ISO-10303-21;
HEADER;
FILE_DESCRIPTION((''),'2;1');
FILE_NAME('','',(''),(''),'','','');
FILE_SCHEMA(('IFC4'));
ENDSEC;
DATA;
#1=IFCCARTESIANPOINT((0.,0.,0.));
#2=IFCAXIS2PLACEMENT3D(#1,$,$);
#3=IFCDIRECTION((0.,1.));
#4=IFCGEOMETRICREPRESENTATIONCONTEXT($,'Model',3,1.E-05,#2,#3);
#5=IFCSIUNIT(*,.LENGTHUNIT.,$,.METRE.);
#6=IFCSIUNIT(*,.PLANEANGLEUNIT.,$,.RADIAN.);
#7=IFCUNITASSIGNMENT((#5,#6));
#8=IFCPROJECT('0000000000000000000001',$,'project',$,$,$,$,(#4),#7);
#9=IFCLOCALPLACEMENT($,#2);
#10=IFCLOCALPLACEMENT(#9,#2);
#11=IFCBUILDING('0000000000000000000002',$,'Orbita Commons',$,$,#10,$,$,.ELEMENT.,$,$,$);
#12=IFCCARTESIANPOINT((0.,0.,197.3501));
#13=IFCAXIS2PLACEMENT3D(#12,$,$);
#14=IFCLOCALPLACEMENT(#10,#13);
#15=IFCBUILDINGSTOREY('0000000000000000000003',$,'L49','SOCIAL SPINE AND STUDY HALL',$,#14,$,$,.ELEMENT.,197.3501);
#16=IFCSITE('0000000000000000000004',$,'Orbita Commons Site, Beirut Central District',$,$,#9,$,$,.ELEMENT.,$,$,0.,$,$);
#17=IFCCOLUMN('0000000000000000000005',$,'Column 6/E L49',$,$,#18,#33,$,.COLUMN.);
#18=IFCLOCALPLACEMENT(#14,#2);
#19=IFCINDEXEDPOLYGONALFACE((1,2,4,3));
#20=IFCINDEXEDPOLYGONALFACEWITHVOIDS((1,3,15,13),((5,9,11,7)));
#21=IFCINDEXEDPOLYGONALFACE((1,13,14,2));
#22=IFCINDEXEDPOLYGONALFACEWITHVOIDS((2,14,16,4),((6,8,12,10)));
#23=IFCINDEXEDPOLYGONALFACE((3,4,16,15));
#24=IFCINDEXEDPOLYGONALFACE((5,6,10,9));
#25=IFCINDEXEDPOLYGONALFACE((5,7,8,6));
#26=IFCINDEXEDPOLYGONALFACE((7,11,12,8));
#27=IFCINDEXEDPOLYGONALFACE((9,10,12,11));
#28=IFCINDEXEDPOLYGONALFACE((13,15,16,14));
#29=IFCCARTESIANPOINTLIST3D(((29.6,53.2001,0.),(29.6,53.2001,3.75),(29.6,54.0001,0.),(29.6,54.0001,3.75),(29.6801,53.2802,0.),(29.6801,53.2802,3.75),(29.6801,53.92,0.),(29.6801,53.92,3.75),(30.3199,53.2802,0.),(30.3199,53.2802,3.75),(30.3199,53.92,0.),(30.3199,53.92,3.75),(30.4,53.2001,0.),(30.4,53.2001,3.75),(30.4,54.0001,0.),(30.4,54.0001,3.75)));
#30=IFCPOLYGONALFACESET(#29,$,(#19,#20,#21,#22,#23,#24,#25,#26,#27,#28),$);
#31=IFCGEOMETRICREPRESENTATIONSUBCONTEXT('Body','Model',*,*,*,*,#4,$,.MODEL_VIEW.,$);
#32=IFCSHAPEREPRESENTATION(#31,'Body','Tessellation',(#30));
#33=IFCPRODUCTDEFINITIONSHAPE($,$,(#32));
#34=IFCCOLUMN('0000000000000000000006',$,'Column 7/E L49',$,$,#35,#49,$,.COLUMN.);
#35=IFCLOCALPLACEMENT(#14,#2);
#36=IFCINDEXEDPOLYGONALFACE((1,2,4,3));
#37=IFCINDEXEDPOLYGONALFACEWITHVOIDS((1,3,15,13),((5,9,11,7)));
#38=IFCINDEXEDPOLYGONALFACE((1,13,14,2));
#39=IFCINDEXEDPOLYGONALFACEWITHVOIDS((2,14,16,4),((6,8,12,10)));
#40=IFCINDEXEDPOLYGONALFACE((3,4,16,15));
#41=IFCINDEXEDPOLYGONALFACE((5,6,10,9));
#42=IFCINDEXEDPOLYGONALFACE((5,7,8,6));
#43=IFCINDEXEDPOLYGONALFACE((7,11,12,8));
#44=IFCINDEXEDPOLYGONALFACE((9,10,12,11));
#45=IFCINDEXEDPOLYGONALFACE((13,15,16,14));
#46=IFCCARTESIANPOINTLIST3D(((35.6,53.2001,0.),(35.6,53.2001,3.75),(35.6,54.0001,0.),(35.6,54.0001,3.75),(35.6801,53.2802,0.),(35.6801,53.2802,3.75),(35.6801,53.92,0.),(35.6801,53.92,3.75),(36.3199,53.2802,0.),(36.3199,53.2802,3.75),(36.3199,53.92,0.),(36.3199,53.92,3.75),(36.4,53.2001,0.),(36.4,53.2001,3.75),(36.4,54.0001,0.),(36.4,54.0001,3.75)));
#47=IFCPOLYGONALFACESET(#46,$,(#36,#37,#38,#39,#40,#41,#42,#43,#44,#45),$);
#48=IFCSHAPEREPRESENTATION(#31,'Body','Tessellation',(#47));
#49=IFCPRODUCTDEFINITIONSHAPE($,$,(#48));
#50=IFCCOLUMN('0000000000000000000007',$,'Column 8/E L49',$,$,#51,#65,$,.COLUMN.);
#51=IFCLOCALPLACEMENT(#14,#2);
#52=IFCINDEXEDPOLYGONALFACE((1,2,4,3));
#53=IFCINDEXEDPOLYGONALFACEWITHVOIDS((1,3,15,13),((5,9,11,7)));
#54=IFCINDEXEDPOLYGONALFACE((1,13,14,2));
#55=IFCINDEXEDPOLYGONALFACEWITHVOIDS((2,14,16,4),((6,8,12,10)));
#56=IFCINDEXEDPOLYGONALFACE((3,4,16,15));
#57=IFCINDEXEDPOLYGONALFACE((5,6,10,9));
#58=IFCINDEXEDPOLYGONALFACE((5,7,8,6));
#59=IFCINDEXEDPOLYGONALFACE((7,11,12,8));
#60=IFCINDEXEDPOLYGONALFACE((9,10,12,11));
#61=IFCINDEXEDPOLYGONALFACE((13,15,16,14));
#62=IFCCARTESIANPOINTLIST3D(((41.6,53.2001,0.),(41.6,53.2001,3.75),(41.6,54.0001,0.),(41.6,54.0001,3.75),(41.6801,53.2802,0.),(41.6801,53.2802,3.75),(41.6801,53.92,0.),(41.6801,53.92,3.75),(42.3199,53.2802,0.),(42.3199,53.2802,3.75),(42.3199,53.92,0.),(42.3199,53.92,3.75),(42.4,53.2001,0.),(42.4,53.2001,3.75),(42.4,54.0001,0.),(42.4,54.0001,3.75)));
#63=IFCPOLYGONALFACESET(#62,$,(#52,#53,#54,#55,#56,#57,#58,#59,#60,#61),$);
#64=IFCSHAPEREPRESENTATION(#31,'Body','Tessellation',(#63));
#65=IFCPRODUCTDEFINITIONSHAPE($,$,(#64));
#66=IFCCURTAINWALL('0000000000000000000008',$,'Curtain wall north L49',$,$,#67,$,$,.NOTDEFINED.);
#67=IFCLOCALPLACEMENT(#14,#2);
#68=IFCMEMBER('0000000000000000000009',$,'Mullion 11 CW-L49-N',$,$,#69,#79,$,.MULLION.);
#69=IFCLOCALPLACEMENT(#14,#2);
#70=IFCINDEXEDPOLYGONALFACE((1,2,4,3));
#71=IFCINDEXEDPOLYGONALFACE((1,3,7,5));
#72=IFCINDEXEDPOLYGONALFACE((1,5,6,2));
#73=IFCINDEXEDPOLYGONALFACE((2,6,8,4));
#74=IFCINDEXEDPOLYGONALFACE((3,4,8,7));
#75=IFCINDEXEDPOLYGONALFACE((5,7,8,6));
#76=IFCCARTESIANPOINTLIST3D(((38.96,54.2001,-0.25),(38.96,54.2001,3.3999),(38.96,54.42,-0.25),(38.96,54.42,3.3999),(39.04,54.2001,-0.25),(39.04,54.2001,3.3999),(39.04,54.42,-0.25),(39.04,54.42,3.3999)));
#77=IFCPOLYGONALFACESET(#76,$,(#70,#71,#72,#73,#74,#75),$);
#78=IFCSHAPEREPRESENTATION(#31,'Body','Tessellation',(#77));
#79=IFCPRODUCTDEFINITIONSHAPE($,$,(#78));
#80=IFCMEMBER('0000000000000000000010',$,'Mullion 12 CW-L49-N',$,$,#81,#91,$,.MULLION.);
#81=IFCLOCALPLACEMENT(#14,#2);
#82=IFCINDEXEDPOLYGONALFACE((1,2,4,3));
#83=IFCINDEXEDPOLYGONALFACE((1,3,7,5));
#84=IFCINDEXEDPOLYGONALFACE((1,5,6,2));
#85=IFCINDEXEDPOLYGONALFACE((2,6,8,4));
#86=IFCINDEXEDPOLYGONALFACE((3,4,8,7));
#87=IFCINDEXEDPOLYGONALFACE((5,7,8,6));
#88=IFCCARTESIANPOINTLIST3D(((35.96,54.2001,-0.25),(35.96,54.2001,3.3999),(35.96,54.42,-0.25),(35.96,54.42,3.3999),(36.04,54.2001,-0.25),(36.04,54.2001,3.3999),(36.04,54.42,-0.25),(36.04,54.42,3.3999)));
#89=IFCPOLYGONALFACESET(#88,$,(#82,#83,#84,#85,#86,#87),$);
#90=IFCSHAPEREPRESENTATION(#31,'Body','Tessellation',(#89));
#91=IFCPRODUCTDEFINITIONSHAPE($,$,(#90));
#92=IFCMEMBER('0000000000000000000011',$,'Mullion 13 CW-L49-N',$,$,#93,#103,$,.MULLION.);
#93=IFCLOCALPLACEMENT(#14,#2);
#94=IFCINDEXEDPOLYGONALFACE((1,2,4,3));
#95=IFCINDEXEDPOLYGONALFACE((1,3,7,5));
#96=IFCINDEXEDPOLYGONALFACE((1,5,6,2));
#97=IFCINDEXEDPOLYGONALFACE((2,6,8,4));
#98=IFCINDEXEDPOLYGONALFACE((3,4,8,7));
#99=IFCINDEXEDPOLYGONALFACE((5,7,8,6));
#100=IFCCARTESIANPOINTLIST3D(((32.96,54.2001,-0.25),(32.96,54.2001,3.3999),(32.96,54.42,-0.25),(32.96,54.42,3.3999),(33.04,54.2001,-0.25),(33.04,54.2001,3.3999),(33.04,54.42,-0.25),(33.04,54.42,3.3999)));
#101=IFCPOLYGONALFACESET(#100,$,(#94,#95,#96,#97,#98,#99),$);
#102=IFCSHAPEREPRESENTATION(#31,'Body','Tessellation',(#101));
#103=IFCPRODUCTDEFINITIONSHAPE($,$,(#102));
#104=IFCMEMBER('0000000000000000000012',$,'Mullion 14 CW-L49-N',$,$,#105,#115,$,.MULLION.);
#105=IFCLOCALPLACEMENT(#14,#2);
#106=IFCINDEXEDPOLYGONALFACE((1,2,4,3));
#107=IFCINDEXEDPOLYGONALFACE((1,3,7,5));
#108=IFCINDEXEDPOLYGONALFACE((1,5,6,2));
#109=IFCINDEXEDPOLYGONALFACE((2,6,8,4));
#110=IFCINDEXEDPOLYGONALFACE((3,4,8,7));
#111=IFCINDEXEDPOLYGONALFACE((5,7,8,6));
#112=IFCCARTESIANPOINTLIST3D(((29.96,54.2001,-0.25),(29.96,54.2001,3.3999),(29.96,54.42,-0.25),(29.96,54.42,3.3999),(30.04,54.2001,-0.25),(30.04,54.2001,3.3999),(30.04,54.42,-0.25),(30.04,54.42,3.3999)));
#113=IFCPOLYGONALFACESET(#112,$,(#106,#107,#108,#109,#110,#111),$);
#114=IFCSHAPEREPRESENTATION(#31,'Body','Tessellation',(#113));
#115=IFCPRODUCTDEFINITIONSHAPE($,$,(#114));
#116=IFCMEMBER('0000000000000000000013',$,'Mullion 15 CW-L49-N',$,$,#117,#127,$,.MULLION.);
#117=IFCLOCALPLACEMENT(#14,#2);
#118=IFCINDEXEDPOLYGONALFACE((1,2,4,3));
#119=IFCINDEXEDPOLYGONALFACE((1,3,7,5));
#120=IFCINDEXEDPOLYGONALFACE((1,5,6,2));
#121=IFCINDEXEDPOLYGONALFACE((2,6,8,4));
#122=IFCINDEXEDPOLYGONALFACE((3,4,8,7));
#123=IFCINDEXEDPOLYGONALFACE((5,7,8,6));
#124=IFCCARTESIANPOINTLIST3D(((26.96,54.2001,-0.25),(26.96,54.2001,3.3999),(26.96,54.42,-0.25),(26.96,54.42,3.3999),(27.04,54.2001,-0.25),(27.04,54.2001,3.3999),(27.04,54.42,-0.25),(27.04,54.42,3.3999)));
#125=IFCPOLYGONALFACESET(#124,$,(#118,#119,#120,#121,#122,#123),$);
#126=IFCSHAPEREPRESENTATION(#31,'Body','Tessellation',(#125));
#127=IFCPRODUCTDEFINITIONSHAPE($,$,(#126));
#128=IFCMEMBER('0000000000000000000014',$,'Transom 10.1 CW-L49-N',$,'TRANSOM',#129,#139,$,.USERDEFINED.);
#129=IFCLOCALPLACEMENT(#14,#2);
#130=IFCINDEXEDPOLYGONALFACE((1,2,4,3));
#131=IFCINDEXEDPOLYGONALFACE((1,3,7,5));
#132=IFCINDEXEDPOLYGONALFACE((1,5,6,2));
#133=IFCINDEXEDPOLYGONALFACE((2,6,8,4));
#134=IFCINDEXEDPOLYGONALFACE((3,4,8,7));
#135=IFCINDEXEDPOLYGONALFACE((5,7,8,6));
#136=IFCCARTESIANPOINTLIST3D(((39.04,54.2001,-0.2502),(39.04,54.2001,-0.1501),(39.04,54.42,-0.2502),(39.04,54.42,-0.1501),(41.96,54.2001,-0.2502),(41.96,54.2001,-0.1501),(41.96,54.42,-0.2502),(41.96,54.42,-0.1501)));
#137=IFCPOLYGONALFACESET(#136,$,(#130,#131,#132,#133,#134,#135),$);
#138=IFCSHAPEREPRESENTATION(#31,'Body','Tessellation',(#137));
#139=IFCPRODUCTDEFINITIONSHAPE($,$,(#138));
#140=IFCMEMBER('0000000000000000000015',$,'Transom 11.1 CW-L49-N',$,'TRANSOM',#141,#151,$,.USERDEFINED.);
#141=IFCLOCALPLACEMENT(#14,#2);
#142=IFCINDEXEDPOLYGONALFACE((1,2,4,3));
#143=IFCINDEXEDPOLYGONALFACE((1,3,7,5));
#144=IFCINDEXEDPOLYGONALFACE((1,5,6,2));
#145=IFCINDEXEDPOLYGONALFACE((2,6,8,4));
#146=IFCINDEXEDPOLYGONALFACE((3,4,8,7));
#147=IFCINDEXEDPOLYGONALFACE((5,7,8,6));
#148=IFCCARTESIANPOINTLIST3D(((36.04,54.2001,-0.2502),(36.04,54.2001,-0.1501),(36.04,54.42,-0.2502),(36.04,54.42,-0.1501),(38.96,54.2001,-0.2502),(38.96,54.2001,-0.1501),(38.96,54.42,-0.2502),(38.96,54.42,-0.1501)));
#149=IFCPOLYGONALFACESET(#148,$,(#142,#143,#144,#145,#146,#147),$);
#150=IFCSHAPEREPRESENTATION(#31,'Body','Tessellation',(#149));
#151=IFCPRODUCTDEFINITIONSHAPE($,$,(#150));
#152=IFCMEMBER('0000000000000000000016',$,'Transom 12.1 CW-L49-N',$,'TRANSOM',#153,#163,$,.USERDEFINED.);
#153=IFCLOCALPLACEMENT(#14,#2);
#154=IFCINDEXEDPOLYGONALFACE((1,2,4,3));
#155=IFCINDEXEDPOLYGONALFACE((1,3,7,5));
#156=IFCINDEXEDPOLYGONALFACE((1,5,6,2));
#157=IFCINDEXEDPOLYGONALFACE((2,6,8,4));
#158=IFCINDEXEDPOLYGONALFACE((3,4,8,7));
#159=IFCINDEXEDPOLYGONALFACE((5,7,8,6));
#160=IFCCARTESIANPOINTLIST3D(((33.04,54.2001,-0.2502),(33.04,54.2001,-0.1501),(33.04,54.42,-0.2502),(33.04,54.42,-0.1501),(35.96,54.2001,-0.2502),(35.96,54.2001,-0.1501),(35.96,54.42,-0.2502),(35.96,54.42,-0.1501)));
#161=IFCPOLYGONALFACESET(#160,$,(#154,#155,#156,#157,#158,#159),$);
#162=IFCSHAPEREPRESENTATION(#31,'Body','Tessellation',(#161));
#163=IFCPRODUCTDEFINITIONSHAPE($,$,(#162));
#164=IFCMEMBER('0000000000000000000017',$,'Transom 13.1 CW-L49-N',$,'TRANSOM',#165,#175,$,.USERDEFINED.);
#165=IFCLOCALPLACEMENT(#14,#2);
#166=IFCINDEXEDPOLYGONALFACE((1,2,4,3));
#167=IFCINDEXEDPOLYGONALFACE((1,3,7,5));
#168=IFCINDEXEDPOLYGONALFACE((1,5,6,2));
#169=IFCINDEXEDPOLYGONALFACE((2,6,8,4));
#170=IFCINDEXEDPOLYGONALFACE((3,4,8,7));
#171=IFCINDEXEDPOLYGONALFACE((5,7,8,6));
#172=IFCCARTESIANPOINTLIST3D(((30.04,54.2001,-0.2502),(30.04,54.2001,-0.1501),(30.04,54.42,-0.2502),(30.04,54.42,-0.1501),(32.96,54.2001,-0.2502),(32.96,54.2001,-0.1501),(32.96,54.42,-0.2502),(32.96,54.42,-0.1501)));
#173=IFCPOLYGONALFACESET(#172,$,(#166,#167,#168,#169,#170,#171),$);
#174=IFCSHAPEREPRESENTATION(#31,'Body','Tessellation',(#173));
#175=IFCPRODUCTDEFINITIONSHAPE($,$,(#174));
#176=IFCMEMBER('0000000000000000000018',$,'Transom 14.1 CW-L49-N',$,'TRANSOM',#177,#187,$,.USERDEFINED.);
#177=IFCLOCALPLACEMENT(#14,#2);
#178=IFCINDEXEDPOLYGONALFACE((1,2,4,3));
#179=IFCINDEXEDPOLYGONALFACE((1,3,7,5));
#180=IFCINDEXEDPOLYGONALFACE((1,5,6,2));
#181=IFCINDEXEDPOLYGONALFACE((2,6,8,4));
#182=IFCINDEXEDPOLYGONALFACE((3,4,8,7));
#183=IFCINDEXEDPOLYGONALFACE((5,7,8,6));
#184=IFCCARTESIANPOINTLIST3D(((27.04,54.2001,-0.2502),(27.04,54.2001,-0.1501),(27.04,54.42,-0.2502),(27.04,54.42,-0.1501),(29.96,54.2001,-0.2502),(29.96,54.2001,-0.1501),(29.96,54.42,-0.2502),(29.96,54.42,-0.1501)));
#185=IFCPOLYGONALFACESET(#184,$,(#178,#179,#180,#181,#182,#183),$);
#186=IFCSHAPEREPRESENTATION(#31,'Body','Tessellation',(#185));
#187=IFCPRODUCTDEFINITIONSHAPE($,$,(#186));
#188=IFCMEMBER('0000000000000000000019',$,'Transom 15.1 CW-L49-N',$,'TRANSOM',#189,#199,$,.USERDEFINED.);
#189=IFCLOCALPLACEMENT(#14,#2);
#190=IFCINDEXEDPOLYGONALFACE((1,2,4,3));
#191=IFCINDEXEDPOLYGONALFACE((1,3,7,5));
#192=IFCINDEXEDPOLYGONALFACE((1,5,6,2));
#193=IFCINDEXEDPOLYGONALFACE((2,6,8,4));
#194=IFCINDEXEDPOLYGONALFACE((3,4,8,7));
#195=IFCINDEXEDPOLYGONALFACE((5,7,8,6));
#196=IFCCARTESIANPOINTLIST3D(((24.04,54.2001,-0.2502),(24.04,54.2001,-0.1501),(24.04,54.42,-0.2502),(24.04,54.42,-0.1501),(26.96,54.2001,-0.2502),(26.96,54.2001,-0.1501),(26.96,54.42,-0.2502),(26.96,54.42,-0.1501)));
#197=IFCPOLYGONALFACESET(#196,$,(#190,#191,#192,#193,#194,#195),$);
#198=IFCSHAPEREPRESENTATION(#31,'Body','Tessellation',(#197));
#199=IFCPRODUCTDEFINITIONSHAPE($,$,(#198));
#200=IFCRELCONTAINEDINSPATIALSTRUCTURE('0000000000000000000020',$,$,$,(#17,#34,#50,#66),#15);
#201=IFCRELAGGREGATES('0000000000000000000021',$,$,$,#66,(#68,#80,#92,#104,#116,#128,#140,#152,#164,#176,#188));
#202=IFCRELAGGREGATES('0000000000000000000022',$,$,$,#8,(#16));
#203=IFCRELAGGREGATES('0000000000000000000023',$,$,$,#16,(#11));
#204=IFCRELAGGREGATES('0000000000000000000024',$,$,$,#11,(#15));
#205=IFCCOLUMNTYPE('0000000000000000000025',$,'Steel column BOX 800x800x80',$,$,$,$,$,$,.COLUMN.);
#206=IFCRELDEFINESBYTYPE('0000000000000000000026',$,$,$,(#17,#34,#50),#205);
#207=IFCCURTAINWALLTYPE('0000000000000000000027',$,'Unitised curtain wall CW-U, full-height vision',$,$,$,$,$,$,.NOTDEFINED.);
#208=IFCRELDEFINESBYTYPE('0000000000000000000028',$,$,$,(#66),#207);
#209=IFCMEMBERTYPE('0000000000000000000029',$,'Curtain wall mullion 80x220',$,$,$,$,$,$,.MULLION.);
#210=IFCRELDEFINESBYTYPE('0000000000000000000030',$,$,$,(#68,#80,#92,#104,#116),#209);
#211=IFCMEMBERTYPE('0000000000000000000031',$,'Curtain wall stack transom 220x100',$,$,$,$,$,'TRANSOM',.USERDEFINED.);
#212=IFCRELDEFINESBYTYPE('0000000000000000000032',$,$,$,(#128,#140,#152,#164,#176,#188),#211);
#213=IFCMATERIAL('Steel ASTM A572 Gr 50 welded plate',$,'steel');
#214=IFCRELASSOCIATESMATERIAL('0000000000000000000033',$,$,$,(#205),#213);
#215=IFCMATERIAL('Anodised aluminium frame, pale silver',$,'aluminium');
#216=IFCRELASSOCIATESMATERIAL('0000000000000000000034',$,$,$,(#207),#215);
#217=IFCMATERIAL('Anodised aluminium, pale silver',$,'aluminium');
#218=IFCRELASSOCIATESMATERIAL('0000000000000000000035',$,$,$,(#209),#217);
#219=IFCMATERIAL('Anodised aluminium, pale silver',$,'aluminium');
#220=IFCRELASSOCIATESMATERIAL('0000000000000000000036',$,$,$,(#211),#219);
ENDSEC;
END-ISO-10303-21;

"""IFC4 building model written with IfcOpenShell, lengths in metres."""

from ifc_helpers import new_model, si_unit, direction, frame, origin, origin_2d, place, context, subcontext, project, spatial, rectangle, hollow_rectangle, extrude, material, material_profile, profile_set, type_object, element, aggregate, save


model = new_model("IFC4")

# Units and contexts
model_context = context("Model", 3, precision=1e-05, world=origin(), true_north=direction((0.0, 1.0)))
body_context = subcontext(model_context, "Body", "Model", "MODEL_VIEW")
ifc_project = project(units=[si_unit("LENGTHUNIT", "METRE"), si_unit("PLANEANGLEUNIT", "RADIAN")], contexts=[model_context])

# Site, building, storey
site_placement = place(None, origin())
site = spatial("IfcSite", under=ifc_project, at=site_placement, Name="Orbita Commons Site, Beirut Central District", CompositionType="ELEMENT", RefElevation=0.0)
building_placement = place(site_placement, origin())
building = spatial("IfcBuilding", under=site, at=building_placement, Name="Orbita Commons", CompositionType="ELEMENT")
storey_placement = place(building_placement, frame((0.0, 0.0, 197.3501)))
storey = spatial("IfcBuildingStorey", under=building, at=storey_placement, Name="L49", Description="SOCIAL SPINE AND STUDY HALL", CompositionType="ELEMENT", Elevation=197.3501)

# Columns
ifc_material_1 = material(Name="Steel ASTM A572 Gr 50 welded plate", Category="steel")
ifc_material_profile_1 = material_profile(ifc_material_1, hollow_rectangle(XDim=0.8, YDim=0.8, WallThickness=0.0801, at=origin_2d()), Name="BOX 800x800x80")
ifc_profile_set_1 = profile_set([ifc_material_profile_1], Name="Steel ASTM A572 Gr 50 welded plate")
column_type = type_object("IfcColumnType", Name="Steel column BOX 800x800x80", PredefinedType="COLUMN", material=ifc_profile_set_1)
for number, where, z_axis, x_axis, name in (
    (1, (30.0, 53.6001, 0.0), (0.0, 0.0, 1.0), (1.0, 0.0, 0.0), "Column 6/E L49"),
    (2, (36.0, 53.6001, 0.0), (0.0, 0.0, 1.0), (1.0, 0.0, 0.0), "Column 7/E L49"),
    (3, (42.0, 53.6001, 0.0), (0.0, 0.0, 1.0), (1.0, 0.0, 0.0), "Column 8/E L49"),
):
    element("IfcColumn", number, at=place(storey_placement, frame(where, z_axis=z_axis, x_axis=x_axis)), inside=storey, type_object=column_type, Name=name, PredefinedType="COLUMN", context=body_context, shape_type="SweptSolid", body=[
        extrude(hollow_rectangle(XDim=0.8, YDim=0.8, WallThickness=0.0801, at=origin_2d()), origin(), (0.0, 0.0, 1.0), 3.75),
    ])

# Curtain wall, members
ifc_material_2 = material(Name="Anodised aluminium frame, pale silver", Category="aluminium")
curtain_wall_type = type_object("IfcCurtainWallType", Name="Unitised curtain wall CW-U, full-height vision", PredefinedType="NOTDEFINED", material=ifc_material_2)
curtain_wall_placement = place(storey_placement, origin())
curtain_wall = element("IfcCurtainWall", 4, at=curtain_wall_placement, inside=storey, type_object=curtain_wall_type, Name="Curtain wall north L49", PredefinedType="NOTDEFINED")
ifc_material_3 = material(Name="Anodised aluminium, pale silver", Category="aluminium")
ifc_material_profile_2 = material_profile(ifc_material_3, rectangle(XDim=0.0801, YDim=0.22, at=origin_2d()), Name="AL 80x220")
ifc_profile_set_2 = profile_set([ifc_material_profile_2], Name="Anodised aluminium, pale silver")
member_type_1 = type_object("IfcMemberType", Name="Curtain wall mullion 80x220", PredefinedType="MULLION", material=ifc_profile_set_2)
member_1_placement = place(storey_placement, frame((39.0, 54.3101, -0.25), z_axis=(0.0, 0.0, 1.0), x_axis=(-1.0, 0.0, 0.0)))
member_1 = element("IfcMember", 5, at=member_1_placement, type_object=member_type_1, Name="Mullion 11 CW-L49-N", PredefinedType="MULLION", context=body_context, shape_type="SweptSolid", body=[
    extrude(rectangle(XDim=0.0801, YDim=0.22, at=origin_2d()), origin(), (0.0, 0.0, 1.0), 3.6499),
])
member_2_placement = place(storey_placement, frame((36.0, 54.3101, -0.25), z_axis=(0.0, 0.0, 1.0), x_axis=(-1.0, 0.0, 0.0)))
member_2 = element("IfcMember", 6, at=member_2_placement, type_object=member_type_1, Name="Mullion 12 CW-L49-N", PredefinedType="MULLION", context=body_context, shape_type="SweptSolid", body=[
    extrude(rectangle(XDim=0.0801, YDim=0.22, at=origin_2d()), origin(), (0.0, 0.0, 1.0), 3.6499),
])
member_3_placement = place(storey_placement, frame((33.0, 54.3101, -0.25), z_axis=(0.0, 0.0, 1.0), x_axis=(-1.0, 0.0, 0.0)))
member_3 = element("IfcMember", 7, at=member_3_placement, type_object=member_type_1, Name="Mullion 13 CW-L49-N", PredefinedType="MULLION", context=body_context, shape_type="SweptSolid", body=[
    extrude(rectangle(XDim=0.0801, YDim=0.22, at=origin_2d()), origin(), (0.0, 0.0, 1.0), 3.6499),
])
member_4_placement = place(storey_placement, frame((30.0, 54.3101, -0.25), z_axis=(0.0, 0.0, 1.0), x_axis=(-1.0, 0.0, 0.0)))
member_4 = element("IfcMember", 8, at=member_4_placement, type_object=member_type_1, Name="Mullion 14 CW-L49-N", PredefinedType="MULLION", context=body_context, shape_type="SweptSolid", body=[
    extrude(rectangle(XDim=0.0801, YDim=0.22, at=origin_2d()), origin(), (0.0, 0.0, 1.0), 3.6499),
])
member_5_placement = place(storey_placement, frame((27.0, 54.3101, -0.25), z_axis=(0.0, 0.0, 1.0), x_axis=(-1.0, 0.0, 0.0)))
member_5 = element("IfcMember", 9, at=member_5_placement, type_object=member_type_1, Name="Mullion 15 CW-L49-N", PredefinedType="MULLION", context=body_context, shape_type="SweptSolid", body=[
    extrude(rectangle(XDim=0.0801, YDim=0.22, at=origin_2d()), origin(), (0.0, 0.0, 1.0), 3.6499),
])
ifc_material_4 = material(Name="Anodised aluminium, pale silver", Category="aluminium")
ifc_material_profile_3 = material_profile(ifc_material_4, rectangle(XDim=0.22, YDim=0.1001, at=origin_2d()), Name="AL 220x100")
ifc_profile_set_3 = profile_set([ifc_material_profile_3], Name="Anodised aluminium, pale silver")
member_type_2 = type_object("IfcMemberType", Name="Curtain wall stack transom 220x100", ElementType="TRANSOM", PredefinedType="USERDEFINED", material=ifc_profile_set_3)
member_6_placement = place(storey_placement, frame((41.96, 54.3101, -0.2002), z_axis=(-1.0, 0.0, 0.0), x_axis=(0.0, -1.0, 0.0)))
member_6 = element("IfcMember", 10, at=member_6_placement, type_object=member_type_2, Name="Transom 10.1 CW-L49-N", ObjectType="TRANSOM", PredefinedType="USERDEFINED", context=body_context, shape_type="SweptSolid", body=[
    extrude(rectangle(XDim=0.22, YDim=0.1001, at=origin_2d()), origin(), (0.0, 0.0, 1.0), 2.9199),
])
member_7_placement = place(storey_placement, frame((38.96, 54.3101, -0.2002), z_axis=(-1.0, 0.0, 0.0), x_axis=(0.0, -1.0, 0.0)))
member_7 = element("IfcMember", 11, at=member_7_placement, type_object=member_type_2, Name="Transom 11.1 CW-L49-N", ObjectType="TRANSOM", PredefinedType="USERDEFINED", context=body_context, shape_type="SweptSolid", body=[
    extrude(rectangle(XDim=0.22, YDim=0.1001, at=origin_2d()), origin(), (0.0, 0.0, 1.0), 2.9199),
])
member_8_placement = place(storey_placement, frame((35.96, 54.3101, -0.2002), z_axis=(-1.0, 0.0, 0.0), x_axis=(0.0, -1.0, 0.0)))
member_8 = element("IfcMember", 12, at=member_8_placement, type_object=member_type_2, Name="Transom 12.1 CW-L49-N", ObjectType="TRANSOM", PredefinedType="USERDEFINED", context=body_context, shape_type="SweptSolid", body=[
    extrude(rectangle(XDim=0.22, YDim=0.1001, at=origin_2d()), origin(), (0.0, 0.0, 1.0), 2.9199),
])
member_9_placement = place(storey_placement, frame((32.96, 54.3101, -0.2002), z_axis=(-1.0, 0.0, 0.0), x_axis=(0.0, -1.0, 0.0)))
member_9 = element("IfcMember", 13, at=member_9_placement, type_object=member_type_2, Name="Transom 13.1 CW-L49-N", ObjectType="TRANSOM", PredefinedType="USERDEFINED", context=body_context, shape_type="SweptSolid", body=[
    extrude(rectangle(XDim=0.22, YDim=0.1001, at=origin_2d()), origin(), (0.0, 0.0, 1.0), 2.9199),
])
member_10_placement = place(storey_placement, frame((29.96, 54.3101, -0.2002), z_axis=(-1.0, 0.0, 0.0), x_axis=(0.0, -1.0, 0.0)))
member_10 = element("IfcMember", 14, at=member_10_placement, type_object=member_type_2, Name="Transom 14.1 CW-L49-N", ObjectType="TRANSOM", PredefinedType="USERDEFINED", context=body_context, shape_type="SweptSolid", body=[
    extrude(rectangle(XDim=0.22, YDim=0.1001, at=origin_2d()), origin(), (0.0, 0.0, 1.0), 2.9199),
])
member_11_placement = place(storey_placement, frame((26.96, 54.3101, -0.2002), z_axis=(-1.0, 0.0, 0.0), x_axis=(0.0, -1.0, 0.0)))
member_11 = element("IfcMember", 15, at=member_11_placement, type_object=member_type_2, Name="Transom 15.1 CW-L49-N", ObjectType="TRANSOM", PredefinedType="USERDEFINED", context=body_context, shape_type="SweptSolid", body=[
    extrude(rectangle(XDim=0.22, YDim=0.1001, at=origin_2d()), origin(), (0.0, 0.0, 1.0), 2.9199),
])

aggregate(curtain_wall, [member_1, member_2, member_3, member_4, member_5, member_6, member_7, member_8, member_9, member_10, member_11])

save(model, "model.ifc")
